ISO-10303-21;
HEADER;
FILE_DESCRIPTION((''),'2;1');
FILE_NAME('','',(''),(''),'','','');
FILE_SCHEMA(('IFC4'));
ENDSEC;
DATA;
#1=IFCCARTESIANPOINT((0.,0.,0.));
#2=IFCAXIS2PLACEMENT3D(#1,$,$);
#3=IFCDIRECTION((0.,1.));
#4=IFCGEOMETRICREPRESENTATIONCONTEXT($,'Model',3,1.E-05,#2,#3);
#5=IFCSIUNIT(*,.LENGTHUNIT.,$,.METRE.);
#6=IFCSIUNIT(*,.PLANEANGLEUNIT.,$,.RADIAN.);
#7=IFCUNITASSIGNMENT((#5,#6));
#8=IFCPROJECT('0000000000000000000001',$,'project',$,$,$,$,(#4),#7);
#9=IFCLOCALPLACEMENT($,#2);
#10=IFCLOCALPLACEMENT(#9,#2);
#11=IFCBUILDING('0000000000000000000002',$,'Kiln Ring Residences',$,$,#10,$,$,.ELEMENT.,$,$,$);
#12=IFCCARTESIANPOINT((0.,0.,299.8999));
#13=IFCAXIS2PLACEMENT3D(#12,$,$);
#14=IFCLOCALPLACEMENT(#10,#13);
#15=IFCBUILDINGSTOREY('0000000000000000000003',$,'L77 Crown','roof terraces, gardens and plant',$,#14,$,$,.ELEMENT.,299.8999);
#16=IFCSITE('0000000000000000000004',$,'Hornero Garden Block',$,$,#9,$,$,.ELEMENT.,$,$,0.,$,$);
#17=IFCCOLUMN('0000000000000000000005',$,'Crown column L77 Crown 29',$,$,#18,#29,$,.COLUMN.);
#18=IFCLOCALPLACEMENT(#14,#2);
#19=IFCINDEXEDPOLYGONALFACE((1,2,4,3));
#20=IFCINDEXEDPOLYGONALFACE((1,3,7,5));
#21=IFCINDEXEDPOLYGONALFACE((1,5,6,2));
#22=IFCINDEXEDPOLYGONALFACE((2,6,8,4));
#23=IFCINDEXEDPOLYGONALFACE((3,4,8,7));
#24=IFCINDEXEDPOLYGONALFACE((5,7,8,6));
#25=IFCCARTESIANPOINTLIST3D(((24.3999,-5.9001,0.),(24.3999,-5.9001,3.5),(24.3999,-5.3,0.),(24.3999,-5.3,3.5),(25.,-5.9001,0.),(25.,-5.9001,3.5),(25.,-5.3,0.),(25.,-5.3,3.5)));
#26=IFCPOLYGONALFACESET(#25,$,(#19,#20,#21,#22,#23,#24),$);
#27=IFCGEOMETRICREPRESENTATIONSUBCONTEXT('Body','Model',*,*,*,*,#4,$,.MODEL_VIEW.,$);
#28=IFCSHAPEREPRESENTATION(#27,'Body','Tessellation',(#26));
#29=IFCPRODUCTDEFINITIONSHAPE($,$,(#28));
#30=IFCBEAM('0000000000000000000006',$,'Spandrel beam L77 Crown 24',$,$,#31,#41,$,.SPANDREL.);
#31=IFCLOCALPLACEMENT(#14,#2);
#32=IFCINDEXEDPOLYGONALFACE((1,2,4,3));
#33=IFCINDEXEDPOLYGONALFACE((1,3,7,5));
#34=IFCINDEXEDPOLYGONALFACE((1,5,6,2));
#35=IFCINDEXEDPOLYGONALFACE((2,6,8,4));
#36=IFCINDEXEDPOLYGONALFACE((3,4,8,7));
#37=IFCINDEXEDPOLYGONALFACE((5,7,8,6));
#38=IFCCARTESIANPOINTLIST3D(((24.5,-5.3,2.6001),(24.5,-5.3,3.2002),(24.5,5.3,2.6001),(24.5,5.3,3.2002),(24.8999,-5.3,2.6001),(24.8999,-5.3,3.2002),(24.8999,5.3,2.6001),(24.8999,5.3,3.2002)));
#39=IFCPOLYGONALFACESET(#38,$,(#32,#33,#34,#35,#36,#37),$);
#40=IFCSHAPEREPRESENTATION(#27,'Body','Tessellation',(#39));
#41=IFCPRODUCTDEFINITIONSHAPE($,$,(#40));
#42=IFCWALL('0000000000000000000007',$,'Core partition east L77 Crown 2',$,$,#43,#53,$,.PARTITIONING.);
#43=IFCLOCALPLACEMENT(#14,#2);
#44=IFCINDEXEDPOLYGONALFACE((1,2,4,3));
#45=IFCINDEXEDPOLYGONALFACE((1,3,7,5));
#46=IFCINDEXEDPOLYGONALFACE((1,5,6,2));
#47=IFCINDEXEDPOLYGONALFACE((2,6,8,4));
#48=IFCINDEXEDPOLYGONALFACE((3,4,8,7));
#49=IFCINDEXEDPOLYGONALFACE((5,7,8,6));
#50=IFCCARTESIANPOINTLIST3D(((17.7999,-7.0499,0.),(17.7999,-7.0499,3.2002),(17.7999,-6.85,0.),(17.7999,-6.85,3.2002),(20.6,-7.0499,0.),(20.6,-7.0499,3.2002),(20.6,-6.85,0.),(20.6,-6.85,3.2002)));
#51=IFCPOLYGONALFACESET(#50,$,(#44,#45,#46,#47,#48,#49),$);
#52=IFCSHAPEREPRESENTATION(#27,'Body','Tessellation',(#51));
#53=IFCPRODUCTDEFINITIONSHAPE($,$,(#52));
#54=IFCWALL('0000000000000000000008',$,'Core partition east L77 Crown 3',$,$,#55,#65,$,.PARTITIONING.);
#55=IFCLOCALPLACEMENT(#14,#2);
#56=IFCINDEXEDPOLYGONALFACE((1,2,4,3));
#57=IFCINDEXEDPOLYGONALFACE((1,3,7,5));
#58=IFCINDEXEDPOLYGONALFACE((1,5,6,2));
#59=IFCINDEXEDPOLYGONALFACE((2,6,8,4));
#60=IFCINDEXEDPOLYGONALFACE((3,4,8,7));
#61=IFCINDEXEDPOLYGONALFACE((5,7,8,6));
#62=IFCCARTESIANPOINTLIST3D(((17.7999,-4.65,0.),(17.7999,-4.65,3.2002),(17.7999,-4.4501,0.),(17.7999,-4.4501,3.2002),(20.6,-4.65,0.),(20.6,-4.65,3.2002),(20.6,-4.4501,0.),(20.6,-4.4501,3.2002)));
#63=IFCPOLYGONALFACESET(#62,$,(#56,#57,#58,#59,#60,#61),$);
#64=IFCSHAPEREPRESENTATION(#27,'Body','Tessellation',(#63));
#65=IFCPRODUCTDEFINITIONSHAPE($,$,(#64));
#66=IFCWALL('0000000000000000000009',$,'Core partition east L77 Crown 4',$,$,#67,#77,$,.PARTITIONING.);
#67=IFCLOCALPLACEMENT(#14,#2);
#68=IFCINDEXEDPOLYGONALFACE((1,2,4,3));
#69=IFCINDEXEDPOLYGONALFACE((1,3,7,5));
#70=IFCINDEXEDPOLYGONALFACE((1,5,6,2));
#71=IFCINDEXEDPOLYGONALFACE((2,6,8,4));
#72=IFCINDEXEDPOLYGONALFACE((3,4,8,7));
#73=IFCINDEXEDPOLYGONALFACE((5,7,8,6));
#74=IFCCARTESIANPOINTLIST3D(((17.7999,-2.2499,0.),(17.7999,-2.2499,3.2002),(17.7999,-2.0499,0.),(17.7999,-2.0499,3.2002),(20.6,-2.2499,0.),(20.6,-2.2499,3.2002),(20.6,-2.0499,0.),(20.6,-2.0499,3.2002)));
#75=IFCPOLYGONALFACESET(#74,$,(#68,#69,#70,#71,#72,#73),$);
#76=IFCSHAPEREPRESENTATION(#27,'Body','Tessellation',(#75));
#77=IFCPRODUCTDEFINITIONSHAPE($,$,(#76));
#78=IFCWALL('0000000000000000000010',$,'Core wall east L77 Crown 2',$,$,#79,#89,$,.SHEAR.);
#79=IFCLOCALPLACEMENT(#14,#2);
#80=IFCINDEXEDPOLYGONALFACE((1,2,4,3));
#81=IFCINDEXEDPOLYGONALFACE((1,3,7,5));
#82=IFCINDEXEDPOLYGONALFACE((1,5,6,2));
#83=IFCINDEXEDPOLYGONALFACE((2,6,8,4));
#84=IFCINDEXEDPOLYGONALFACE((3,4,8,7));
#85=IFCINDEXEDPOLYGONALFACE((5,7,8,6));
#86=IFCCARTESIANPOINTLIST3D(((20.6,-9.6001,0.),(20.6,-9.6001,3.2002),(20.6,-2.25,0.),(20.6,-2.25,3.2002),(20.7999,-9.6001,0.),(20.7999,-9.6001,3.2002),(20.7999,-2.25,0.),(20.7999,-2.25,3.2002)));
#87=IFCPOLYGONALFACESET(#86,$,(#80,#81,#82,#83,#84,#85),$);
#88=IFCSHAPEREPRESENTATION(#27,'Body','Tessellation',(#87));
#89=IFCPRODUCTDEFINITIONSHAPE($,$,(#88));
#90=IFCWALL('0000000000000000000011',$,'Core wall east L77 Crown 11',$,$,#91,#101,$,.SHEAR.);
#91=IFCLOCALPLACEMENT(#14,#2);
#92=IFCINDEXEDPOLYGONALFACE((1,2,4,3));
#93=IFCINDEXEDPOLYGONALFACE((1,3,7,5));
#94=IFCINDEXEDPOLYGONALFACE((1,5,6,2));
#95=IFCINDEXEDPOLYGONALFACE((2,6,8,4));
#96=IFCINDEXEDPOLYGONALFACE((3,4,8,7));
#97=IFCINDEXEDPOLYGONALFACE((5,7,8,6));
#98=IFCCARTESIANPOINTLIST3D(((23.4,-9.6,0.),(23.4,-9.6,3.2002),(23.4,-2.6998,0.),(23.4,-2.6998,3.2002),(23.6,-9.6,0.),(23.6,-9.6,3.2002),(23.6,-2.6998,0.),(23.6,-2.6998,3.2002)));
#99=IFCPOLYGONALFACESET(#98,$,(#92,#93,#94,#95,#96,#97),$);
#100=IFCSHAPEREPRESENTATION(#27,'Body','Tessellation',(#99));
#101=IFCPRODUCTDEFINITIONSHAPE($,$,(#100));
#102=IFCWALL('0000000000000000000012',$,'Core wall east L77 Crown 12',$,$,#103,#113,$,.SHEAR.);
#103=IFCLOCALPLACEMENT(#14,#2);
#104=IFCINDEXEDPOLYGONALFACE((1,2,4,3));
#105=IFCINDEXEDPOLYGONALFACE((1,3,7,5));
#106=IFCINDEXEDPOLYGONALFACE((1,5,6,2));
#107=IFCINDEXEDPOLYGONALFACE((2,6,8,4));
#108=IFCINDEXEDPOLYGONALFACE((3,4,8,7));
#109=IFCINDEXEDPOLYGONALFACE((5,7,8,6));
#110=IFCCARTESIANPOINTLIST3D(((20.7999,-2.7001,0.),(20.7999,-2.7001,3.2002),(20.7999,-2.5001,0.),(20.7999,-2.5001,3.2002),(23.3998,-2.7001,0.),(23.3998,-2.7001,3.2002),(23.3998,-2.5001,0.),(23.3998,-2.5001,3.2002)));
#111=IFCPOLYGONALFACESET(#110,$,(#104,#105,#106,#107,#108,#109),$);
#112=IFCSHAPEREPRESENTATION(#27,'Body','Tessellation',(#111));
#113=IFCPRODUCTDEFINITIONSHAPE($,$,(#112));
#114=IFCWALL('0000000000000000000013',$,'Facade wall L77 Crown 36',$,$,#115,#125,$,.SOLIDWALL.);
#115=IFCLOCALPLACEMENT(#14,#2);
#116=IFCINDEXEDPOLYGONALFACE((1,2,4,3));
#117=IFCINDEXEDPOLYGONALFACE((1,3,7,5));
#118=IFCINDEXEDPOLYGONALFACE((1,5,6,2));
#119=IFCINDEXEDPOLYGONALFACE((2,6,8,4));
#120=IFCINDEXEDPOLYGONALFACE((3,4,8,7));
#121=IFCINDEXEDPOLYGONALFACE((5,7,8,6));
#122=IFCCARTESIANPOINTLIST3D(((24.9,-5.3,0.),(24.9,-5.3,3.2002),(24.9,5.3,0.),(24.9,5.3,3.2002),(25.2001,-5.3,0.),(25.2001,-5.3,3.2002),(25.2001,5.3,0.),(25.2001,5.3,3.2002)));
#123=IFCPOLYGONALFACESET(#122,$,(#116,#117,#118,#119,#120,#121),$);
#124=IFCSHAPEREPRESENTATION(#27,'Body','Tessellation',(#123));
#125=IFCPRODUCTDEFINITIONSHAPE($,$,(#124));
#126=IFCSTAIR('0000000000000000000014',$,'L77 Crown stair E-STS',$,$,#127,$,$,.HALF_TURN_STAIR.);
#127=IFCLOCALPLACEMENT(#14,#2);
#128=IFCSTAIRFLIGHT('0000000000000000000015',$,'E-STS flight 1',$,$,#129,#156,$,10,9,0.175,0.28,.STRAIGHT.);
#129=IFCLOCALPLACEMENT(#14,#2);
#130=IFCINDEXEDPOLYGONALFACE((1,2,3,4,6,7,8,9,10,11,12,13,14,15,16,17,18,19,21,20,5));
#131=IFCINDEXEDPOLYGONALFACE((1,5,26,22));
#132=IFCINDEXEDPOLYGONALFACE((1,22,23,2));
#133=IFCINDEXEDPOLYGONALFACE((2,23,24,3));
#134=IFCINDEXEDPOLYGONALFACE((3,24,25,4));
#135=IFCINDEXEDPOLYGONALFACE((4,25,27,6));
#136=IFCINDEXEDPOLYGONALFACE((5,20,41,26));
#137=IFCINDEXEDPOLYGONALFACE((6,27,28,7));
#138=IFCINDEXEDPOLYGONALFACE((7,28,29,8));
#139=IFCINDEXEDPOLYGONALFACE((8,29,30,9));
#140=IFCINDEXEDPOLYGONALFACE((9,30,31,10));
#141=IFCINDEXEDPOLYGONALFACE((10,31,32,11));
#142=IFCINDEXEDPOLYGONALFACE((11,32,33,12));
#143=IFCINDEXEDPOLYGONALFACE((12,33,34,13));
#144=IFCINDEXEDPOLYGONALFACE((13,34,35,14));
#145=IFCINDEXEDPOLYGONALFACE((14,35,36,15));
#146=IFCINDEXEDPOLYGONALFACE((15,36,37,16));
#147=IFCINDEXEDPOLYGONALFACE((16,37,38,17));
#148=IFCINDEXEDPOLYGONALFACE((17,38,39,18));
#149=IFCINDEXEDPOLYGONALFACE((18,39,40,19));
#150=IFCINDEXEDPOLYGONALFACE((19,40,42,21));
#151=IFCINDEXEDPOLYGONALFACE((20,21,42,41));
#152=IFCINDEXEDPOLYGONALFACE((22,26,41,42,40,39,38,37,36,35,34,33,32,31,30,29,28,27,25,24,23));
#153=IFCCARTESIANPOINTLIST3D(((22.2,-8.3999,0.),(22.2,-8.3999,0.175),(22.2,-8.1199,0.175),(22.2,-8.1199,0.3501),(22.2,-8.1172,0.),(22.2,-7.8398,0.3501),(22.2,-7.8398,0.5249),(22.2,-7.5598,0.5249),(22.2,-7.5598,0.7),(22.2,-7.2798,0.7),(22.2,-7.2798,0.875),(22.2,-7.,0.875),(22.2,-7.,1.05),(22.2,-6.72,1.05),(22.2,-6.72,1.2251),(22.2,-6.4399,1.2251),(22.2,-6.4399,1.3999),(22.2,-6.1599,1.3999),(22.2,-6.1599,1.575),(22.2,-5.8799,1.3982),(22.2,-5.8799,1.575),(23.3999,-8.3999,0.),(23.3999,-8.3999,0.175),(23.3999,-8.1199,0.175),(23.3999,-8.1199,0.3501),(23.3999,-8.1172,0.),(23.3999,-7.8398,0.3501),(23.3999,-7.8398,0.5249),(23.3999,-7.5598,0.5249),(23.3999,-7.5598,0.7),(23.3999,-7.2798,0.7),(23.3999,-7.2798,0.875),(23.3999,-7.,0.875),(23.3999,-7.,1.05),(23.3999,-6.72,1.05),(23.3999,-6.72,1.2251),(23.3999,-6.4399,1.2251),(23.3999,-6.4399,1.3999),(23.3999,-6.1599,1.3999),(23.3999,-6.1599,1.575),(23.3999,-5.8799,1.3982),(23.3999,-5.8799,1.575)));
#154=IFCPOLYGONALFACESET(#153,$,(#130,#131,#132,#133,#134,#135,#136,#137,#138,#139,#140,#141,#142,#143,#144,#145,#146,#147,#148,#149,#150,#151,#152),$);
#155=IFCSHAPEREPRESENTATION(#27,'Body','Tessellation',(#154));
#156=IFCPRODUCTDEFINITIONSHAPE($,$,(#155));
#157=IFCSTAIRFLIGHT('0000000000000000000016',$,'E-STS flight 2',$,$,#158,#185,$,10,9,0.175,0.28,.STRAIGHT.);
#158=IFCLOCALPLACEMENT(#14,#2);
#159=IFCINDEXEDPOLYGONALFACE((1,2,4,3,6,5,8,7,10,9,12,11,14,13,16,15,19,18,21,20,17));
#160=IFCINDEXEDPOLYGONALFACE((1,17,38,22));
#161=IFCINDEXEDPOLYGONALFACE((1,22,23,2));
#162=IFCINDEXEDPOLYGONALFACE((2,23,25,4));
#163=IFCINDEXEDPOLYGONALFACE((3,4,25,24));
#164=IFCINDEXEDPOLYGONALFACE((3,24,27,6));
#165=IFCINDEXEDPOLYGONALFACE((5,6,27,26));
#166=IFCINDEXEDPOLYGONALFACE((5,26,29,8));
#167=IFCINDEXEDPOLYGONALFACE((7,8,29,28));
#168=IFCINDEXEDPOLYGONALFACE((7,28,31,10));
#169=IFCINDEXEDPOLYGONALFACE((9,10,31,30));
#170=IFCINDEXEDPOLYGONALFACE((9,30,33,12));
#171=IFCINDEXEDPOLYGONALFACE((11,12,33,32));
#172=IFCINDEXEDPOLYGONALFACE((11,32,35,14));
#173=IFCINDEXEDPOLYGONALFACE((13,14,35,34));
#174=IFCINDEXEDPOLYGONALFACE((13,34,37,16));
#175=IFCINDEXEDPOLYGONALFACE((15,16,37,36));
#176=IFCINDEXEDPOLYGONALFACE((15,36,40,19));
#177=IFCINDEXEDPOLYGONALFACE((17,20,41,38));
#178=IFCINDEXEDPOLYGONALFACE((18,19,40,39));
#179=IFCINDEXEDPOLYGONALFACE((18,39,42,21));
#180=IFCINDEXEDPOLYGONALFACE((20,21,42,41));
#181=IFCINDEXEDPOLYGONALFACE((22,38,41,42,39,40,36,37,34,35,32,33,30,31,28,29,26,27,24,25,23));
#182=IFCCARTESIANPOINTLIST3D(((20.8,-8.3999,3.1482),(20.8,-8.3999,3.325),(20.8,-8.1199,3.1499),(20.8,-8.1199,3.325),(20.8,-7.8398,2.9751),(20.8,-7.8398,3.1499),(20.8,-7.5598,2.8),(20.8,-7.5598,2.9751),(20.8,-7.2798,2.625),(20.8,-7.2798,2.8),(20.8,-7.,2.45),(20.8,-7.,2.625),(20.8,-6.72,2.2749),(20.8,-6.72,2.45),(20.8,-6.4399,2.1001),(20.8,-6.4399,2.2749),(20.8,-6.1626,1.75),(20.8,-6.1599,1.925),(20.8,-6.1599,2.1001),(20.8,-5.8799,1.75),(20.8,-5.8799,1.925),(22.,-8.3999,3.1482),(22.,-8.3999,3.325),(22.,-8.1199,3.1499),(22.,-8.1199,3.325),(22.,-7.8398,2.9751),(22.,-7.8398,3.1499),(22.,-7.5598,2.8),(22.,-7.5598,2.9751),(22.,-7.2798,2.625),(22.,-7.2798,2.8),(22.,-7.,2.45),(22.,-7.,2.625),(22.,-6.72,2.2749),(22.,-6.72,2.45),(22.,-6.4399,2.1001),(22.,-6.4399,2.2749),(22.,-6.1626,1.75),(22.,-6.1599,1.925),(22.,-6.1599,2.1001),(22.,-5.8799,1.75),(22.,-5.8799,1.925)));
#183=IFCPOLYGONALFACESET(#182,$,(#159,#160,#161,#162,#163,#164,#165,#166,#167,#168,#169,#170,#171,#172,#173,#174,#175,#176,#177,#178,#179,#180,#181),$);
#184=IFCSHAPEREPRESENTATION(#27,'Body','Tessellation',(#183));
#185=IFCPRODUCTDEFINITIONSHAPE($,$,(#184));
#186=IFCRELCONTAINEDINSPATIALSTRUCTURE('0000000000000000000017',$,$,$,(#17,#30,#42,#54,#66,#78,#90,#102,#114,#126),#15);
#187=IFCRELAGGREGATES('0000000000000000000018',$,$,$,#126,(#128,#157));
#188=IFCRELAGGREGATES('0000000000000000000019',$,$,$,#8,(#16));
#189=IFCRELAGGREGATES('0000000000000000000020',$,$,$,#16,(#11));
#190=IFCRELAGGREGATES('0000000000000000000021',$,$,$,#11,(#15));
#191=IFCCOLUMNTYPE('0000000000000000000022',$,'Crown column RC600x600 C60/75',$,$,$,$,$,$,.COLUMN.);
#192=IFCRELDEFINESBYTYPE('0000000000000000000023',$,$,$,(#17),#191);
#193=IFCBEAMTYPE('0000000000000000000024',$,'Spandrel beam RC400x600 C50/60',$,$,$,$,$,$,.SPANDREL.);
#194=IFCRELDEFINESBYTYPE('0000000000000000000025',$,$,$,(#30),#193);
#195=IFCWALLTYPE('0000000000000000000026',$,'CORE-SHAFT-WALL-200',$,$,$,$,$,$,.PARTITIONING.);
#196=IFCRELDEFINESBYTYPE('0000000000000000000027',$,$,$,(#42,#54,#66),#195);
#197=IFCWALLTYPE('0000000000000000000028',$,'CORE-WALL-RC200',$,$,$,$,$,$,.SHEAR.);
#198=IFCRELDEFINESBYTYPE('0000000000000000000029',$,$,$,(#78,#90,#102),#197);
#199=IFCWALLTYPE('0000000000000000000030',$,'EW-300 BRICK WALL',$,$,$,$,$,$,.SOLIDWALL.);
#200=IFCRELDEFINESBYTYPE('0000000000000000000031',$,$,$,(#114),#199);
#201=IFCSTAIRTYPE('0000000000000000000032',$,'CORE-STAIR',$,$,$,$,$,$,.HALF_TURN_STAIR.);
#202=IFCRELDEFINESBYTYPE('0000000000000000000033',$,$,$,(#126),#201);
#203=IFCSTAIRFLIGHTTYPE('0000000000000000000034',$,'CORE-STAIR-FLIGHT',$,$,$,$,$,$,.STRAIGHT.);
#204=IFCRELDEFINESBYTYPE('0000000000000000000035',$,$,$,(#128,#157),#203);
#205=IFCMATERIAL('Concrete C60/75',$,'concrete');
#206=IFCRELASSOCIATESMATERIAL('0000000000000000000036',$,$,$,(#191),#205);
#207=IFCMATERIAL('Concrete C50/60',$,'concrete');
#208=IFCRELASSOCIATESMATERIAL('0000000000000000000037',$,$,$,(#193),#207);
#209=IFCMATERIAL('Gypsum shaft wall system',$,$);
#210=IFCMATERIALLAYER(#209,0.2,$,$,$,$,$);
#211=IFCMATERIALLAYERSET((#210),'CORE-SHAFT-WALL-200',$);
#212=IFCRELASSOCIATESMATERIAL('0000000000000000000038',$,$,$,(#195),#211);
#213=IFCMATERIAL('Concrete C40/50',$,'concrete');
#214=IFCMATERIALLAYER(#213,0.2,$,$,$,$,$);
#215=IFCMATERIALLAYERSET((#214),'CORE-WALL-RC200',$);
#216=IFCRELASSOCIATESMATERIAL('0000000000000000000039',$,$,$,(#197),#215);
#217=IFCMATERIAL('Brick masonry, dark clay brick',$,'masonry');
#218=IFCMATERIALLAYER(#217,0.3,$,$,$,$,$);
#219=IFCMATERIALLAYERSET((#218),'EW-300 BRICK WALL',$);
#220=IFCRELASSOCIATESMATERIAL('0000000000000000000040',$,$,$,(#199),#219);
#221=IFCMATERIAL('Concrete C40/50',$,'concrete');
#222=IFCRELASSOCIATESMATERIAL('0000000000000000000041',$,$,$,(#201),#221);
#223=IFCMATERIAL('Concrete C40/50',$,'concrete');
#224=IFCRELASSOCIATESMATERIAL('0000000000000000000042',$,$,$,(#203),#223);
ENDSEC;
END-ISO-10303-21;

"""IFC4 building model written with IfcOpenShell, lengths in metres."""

from ifc_helpers import new_model, si_unit, direction, frame, frame_2d, origin, origin_2d, place, context, subcontext, project, spatial, polyline, rectangle, outline, extrude, material, layer, layer_set, material_profile, profile_set, type_object, element, aggregate, save


model = new_model("IFC4")

# Units and contexts
model_context = context("Model", 3, precision=1e-05, world=origin(), true_north=direction((0.0, 1.0)))
body_context = subcontext(model_context, "Body", "Model", "MODEL_VIEW")
ifc_project = project(units=[si_unit("LENGTHUNIT", "METRE"), si_unit("PLANEANGLEUNIT", "RADIAN")], contexts=[model_context])

# Site, building, storey
site_placement = place(None, origin())
site = spatial("IfcSite", under=ifc_project, at=site_placement, Name="Hornero Garden Block", CompositionType="ELEMENT", RefElevation=0.0)
building_placement = place(site_placement, origin())
building = spatial("IfcBuilding", under=site, at=building_placement, Name="Kiln Ring Residences", CompositionType="ELEMENT")
storey_placement = place(building_placement, frame((0.0, 0.0, 299.8999)))
storey = spatial("IfcBuildingStorey", under=building, at=storey_placement, Name="L77 Crown", Description="roof terraces, gardens and plant", CompositionType="ELEMENT", Elevation=299.8999)

# Column
ifc_material_1 = material(Name="Concrete C60/75", Category="concrete")
ifc_material_profile_1 = material_profile(ifc_material_1, rectangle(XDim=0.6001, YDim=0.6001, at=origin_2d()), Name="RC600x600")
ifc_profile_set_1 = profile_set([ifc_material_profile_1], Name="Concrete C60/75")
column_type = type_object("IfcColumnType", Name="Crown column RC600x600 C60/75", PredefinedType="COLUMN", material=ifc_profile_set_1)
column_placement = place(storey_placement, frame((24.7, -5.6001, 0.0), z_axis=(0.0, 0.0, 1.0), x_axis=(1.0, 0.0, 0.0)))
element("IfcColumn", 1, at=column_placement, inside=storey, type_object=column_type, Name="Crown column L77 Crown 29", PredefinedType="COLUMN", context=body_context, shape_type="SweptSolid", body=[
    extrude(rectangle(XDim=0.6001, YDim=0.6001, at=origin_2d()), origin(), (0.0, 0.0, 1.0), 3.5),
])

# Beam
ifc_material_2 = material(Name="Concrete C50/60", Category="concrete")
ifc_material_profile_2 = material_profile(ifc_material_2, rectangle(XDim=0.3999, YDim=0.6001, at=origin_2d()), Name="RC400x600")
ifc_profile_set_2 = profile_set([ifc_material_profile_2], Name="Concrete C50/60")
beam_type = type_object("IfcBeamType", Name="Spandrel beam RC400x600 C50/60", PredefinedType="SPANDREL", material=ifc_profile_set_2)
beam_placement = place(storey_placement, frame((24.7, -5.3, 2.9001), z_axis=(0.0, 1.0, 0.0), x_axis=(-1.0, 0.0, 0.0)))
element("IfcBeam", 2, at=beam_placement, inside=storey, type_object=beam_type, Name="Spandrel beam L77 Crown 24", PredefinedType="SPANDREL", context=body_context, shape_type="SweptSolid", body=[
    extrude(rectangle(XDim=0.3999, YDim=0.6001, at=origin_2d()), origin(), (0.0, 0.0, 1.0), 10.6001),
])

# Walls
ifc_material_3 = material(Name="Gypsum shaft wall system")
ifc_layer_1 = layer(ifc_material_3, 0.2)
ifc_layer_set_1 = layer_set([ifc_layer_1], Name="CORE-SHAFT-WALL-200")
wall_type_1 = type_object("IfcWallType", Name="CORE-SHAFT-WALL-200", PredefinedType="PARTITIONING", material=ifc_layer_set_1)
for number, where, z_axis, x_axis, name in (
    (3, (17.8, -6.95, 0.0), (0.0, 0.0, 1.0), (1.0, 0.0, 0.0), "Core partition east L77 Crown 2"),
    (4, (17.8, -4.55, 0.0), (0.0, 0.0, 1.0), (1.0, 0.0, 0.0), "Core partition east L77 Crown 3"),
    (5, (17.8, -2.1499, 0.0), (0.0, 0.0, 1.0), (1.0, 0.0, 0.0), "Core partition east L77 Crown 4"),
):
    element("IfcWall", number, at=place(storey_placement, frame(where, z_axis=z_axis, x_axis=x_axis)), inside=storey, type_object=wall_type_1, Name=name, PredefinedType="PARTITIONING", context=body_context, shape_type="SweptSolid", body=[
        extrude(rectangle(XDim=2.8, YDim=0.2, at=frame_2d((1.3999, 0.0))), origin(), (0.0, 0.0, 1.0), 3.2002),
    ])
ifc_material_4 = material(Name="Concrete C40/50", Category="concrete")
ifc_layer_2 = layer(ifc_material_4, 0.2)
ifc_layer_set_2 = layer_set([ifc_layer_2], Name="CORE-WALL-RC200")
wall_type_2 = type_object("IfcWallType", Name="CORE-WALL-RC200", PredefinedType="SHEAR", material=ifc_layer_set_2)
wall_1_placement = place(storey_placement, frame((20.7, -9.6001, 0.0), z_axis=(0.0, 0.0, 1.0), x_axis=(0.0, 1.0, 0.0)))
element("IfcWall", 6, at=wall_1_placement, inside=storey, type_object=wall_type_2, Name="Core wall east L77 Crown 2", PredefinedType="SHEAR", context=body_context, shape_type="SweptSolid", body=[
    extrude(rectangle(XDim=7.3501, YDim=0.2, at=frame_2d((3.675, 0.0))), origin(), (0.0, 0.0, 1.0), 3.2002),
])
wall_2_placement = place(storey_placement, frame((23.5, -9.6001, 0.0), z_axis=(0.0, 0.0, 1.0), x_axis=(0.0, 1.0, 0.0)))
element("IfcWall", 7, at=wall_2_placement, inside=storey, type_object=wall_type_2, Name="Core wall east L77 Crown 11", PredefinedType="SHEAR", context=body_context, shape_type="SweptSolid", body=[
    extrude(rectangle(XDim=6.9001, YDim=0.2, at=frame_2d((3.4502, 0.0))), origin(), (0.0, 0.0, 1.0), 3.2002),
])
wall_3_placement = place(storey_placement, frame((20.8, -2.6001, 0.0), z_axis=(0.0, 0.0, 1.0), x_axis=(1.0, 0.0, 0.0)))
element("IfcWall", 8, at=wall_3_placement, inside=storey, type_object=wall_type_2, Name="Core wall east L77 Crown 12", PredefinedType="SHEAR", context=body_context, shape_type="SweptSolid", body=[
    extrude(rectangle(XDim=2.5999, YDim=0.2, at=frame_2d((1.2998, 0.0))), origin(), (0.0, 0.0, 1.0), 3.2002),
])
ifc_material_5 = material(Name="Brick masonry, dark clay brick", Category="masonry")
ifc_layer_3 = layer(ifc_material_5, 0.3)
ifc_layer_set_3 = layer_set([ifc_layer_3], Name="EW-300 BRICK WALL")
wall_type_3 = type_object("IfcWallType", Name="EW-300 BRICK WALL", PredefinedType="SOLIDWALL", material=ifc_layer_set_3)
wall_4_placement = place(storey_placement, frame((25.05, -5.3, 0.0), z_axis=(0.0, 0.0, 1.0), x_axis=(0.0, 1.0, 0.0)))
element("IfcWall", 9, at=wall_4_placement, inside=storey, type_object=wall_type_3, Name="Facade wall L77 Crown 36", PredefinedType="SOLIDWALL", context=body_context, shape_type="SweptSolid", body=[
    extrude(rectangle(XDim=10.6001, YDim=0.3, at=frame_2d((5.3, 0.0))), origin(), (0.0, 0.0, 1.0), 3.2002),
])

# Stair, stair flights
ifc_material_6 = material(Name="Concrete C40/50", Category="concrete")
stair_type = type_object("IfcStairType", Name="CORE-STAIR", PredefinedType="HALF_TURN_STAIR", material=ifc_material_6)
stair_placement = place(storey_placement, origin())
stair = element("IfcStair", 10, at=stair_placement, inside=storey, type_object=stair_type, Name="L77 Crown stair E-STS", PredefinedType="HALF_TURN_STAIR")
ifc_material_7 = material(Name="Concrete C40/50", Category="concrete")
stair_flight_type = type_object("IfcStairFlightType", Name="CORE-STAIR-FLIGHT", PredefinedType="STRAIGHT", material=ifc_material_7)
stair_flight_1_placement = place(storey_placement, frame((22.8, -8.3999, 0.0), z_axis=(0.0, 0.0, 1.0), x_axis=(0.0, 1.0, 0.0)))
stair_flight_1 = element("IfcStairFlight", 11, at=stair_flight_1_placement, type_object=stair_flight_type, Name="E-STS flight 1", NumberOfRisers=10, NumberOfTreads=9, PredefinedType="STRAIGHT", RiserHeight=0.175, TreadLength=0.28, context=body_context, shape_type="SweptSolid", body=[
    extrude(outline(polyline([(0.0, 0.0), (0.0, 0.175), (0.28, 0.175), (0.28, 0.3501), (0.5601, 0.3501), (0.5601, 0.5249), (0.8401, 0.5249), (0.8401, 0.7), (1.1201, 0.7), (1.1201, 0.875), (1.3999, 0.875), (1.3999, 1.05), (1.6799, 1.05), (1.6799, 1.2251), (1.96, 1.2251), (1.96, 1.3999), (2.24, 1.3999), (2.24, 1.575), (2.52, 1.575), (2.52, 1.75), (2.52, 1.3982), (0.2827, 0.0), (0.0, 0.0)])), frame((0.0, 0.6001, 0.0), z_axis=(0.0, -1.0, 0.0), x_axis=(1.0, 0.0, 0.0)), (0.0, 0.0, 1.0), 1.2),
])
stair_flight_2_placement = place(storey_placement, frame((21.3999, -5.8799, 1.75), z_axis=(0.0, 0.0, 1.0), x_axis=(0.0, -1.0, 0.0)))
stair_flight_2 = element("IfcStairFlight", 12, at=stair_flight_2_placement, type_object=stair_flight_type, Name="E-STS flight 2", NumberOfRisers=10, NumberOfTreads=9, PredefinedType="STRAIGHT", RiserHeight=0.175, TreadLength=0.28, context=body_context, shape_type="SweptSolid", body=[
    extrude(outline(polyline([(0.0, 0.0), (0.0, 0.175), (0.28, 0.175), (0.28, 0.3501), (0.5601, 0.3501), (0.5601, 0.5249), (0.8401, 0.5249), (0.8401, 0.7), (1.1201, 0.7), (1.1201, 0.875), (1.3999, 0.875), (1.3999, 1.05), (1.6799, 1.05), (1.6799, 1.2251), (1.96, 1.2251), (1.96, 1.3999), (2.24, 1.3999), (2.24, 1.575), (2.52, 1.575), (2.52, 1.75), (2.52, 1.3982), (0.2827, 0.0), (0.0, 0.0)])), frame((0.0, 0.6001, 0.0), z_axis=(0.0, -1.0, 0.0), x_axis=(1.0, 0.0, 0.0)), (0.0, 0.0, 1.0), 1.2),
])
aggregate(stair, [stair_flight_1, stair_flight_2])

save(model, "model.ifc")
